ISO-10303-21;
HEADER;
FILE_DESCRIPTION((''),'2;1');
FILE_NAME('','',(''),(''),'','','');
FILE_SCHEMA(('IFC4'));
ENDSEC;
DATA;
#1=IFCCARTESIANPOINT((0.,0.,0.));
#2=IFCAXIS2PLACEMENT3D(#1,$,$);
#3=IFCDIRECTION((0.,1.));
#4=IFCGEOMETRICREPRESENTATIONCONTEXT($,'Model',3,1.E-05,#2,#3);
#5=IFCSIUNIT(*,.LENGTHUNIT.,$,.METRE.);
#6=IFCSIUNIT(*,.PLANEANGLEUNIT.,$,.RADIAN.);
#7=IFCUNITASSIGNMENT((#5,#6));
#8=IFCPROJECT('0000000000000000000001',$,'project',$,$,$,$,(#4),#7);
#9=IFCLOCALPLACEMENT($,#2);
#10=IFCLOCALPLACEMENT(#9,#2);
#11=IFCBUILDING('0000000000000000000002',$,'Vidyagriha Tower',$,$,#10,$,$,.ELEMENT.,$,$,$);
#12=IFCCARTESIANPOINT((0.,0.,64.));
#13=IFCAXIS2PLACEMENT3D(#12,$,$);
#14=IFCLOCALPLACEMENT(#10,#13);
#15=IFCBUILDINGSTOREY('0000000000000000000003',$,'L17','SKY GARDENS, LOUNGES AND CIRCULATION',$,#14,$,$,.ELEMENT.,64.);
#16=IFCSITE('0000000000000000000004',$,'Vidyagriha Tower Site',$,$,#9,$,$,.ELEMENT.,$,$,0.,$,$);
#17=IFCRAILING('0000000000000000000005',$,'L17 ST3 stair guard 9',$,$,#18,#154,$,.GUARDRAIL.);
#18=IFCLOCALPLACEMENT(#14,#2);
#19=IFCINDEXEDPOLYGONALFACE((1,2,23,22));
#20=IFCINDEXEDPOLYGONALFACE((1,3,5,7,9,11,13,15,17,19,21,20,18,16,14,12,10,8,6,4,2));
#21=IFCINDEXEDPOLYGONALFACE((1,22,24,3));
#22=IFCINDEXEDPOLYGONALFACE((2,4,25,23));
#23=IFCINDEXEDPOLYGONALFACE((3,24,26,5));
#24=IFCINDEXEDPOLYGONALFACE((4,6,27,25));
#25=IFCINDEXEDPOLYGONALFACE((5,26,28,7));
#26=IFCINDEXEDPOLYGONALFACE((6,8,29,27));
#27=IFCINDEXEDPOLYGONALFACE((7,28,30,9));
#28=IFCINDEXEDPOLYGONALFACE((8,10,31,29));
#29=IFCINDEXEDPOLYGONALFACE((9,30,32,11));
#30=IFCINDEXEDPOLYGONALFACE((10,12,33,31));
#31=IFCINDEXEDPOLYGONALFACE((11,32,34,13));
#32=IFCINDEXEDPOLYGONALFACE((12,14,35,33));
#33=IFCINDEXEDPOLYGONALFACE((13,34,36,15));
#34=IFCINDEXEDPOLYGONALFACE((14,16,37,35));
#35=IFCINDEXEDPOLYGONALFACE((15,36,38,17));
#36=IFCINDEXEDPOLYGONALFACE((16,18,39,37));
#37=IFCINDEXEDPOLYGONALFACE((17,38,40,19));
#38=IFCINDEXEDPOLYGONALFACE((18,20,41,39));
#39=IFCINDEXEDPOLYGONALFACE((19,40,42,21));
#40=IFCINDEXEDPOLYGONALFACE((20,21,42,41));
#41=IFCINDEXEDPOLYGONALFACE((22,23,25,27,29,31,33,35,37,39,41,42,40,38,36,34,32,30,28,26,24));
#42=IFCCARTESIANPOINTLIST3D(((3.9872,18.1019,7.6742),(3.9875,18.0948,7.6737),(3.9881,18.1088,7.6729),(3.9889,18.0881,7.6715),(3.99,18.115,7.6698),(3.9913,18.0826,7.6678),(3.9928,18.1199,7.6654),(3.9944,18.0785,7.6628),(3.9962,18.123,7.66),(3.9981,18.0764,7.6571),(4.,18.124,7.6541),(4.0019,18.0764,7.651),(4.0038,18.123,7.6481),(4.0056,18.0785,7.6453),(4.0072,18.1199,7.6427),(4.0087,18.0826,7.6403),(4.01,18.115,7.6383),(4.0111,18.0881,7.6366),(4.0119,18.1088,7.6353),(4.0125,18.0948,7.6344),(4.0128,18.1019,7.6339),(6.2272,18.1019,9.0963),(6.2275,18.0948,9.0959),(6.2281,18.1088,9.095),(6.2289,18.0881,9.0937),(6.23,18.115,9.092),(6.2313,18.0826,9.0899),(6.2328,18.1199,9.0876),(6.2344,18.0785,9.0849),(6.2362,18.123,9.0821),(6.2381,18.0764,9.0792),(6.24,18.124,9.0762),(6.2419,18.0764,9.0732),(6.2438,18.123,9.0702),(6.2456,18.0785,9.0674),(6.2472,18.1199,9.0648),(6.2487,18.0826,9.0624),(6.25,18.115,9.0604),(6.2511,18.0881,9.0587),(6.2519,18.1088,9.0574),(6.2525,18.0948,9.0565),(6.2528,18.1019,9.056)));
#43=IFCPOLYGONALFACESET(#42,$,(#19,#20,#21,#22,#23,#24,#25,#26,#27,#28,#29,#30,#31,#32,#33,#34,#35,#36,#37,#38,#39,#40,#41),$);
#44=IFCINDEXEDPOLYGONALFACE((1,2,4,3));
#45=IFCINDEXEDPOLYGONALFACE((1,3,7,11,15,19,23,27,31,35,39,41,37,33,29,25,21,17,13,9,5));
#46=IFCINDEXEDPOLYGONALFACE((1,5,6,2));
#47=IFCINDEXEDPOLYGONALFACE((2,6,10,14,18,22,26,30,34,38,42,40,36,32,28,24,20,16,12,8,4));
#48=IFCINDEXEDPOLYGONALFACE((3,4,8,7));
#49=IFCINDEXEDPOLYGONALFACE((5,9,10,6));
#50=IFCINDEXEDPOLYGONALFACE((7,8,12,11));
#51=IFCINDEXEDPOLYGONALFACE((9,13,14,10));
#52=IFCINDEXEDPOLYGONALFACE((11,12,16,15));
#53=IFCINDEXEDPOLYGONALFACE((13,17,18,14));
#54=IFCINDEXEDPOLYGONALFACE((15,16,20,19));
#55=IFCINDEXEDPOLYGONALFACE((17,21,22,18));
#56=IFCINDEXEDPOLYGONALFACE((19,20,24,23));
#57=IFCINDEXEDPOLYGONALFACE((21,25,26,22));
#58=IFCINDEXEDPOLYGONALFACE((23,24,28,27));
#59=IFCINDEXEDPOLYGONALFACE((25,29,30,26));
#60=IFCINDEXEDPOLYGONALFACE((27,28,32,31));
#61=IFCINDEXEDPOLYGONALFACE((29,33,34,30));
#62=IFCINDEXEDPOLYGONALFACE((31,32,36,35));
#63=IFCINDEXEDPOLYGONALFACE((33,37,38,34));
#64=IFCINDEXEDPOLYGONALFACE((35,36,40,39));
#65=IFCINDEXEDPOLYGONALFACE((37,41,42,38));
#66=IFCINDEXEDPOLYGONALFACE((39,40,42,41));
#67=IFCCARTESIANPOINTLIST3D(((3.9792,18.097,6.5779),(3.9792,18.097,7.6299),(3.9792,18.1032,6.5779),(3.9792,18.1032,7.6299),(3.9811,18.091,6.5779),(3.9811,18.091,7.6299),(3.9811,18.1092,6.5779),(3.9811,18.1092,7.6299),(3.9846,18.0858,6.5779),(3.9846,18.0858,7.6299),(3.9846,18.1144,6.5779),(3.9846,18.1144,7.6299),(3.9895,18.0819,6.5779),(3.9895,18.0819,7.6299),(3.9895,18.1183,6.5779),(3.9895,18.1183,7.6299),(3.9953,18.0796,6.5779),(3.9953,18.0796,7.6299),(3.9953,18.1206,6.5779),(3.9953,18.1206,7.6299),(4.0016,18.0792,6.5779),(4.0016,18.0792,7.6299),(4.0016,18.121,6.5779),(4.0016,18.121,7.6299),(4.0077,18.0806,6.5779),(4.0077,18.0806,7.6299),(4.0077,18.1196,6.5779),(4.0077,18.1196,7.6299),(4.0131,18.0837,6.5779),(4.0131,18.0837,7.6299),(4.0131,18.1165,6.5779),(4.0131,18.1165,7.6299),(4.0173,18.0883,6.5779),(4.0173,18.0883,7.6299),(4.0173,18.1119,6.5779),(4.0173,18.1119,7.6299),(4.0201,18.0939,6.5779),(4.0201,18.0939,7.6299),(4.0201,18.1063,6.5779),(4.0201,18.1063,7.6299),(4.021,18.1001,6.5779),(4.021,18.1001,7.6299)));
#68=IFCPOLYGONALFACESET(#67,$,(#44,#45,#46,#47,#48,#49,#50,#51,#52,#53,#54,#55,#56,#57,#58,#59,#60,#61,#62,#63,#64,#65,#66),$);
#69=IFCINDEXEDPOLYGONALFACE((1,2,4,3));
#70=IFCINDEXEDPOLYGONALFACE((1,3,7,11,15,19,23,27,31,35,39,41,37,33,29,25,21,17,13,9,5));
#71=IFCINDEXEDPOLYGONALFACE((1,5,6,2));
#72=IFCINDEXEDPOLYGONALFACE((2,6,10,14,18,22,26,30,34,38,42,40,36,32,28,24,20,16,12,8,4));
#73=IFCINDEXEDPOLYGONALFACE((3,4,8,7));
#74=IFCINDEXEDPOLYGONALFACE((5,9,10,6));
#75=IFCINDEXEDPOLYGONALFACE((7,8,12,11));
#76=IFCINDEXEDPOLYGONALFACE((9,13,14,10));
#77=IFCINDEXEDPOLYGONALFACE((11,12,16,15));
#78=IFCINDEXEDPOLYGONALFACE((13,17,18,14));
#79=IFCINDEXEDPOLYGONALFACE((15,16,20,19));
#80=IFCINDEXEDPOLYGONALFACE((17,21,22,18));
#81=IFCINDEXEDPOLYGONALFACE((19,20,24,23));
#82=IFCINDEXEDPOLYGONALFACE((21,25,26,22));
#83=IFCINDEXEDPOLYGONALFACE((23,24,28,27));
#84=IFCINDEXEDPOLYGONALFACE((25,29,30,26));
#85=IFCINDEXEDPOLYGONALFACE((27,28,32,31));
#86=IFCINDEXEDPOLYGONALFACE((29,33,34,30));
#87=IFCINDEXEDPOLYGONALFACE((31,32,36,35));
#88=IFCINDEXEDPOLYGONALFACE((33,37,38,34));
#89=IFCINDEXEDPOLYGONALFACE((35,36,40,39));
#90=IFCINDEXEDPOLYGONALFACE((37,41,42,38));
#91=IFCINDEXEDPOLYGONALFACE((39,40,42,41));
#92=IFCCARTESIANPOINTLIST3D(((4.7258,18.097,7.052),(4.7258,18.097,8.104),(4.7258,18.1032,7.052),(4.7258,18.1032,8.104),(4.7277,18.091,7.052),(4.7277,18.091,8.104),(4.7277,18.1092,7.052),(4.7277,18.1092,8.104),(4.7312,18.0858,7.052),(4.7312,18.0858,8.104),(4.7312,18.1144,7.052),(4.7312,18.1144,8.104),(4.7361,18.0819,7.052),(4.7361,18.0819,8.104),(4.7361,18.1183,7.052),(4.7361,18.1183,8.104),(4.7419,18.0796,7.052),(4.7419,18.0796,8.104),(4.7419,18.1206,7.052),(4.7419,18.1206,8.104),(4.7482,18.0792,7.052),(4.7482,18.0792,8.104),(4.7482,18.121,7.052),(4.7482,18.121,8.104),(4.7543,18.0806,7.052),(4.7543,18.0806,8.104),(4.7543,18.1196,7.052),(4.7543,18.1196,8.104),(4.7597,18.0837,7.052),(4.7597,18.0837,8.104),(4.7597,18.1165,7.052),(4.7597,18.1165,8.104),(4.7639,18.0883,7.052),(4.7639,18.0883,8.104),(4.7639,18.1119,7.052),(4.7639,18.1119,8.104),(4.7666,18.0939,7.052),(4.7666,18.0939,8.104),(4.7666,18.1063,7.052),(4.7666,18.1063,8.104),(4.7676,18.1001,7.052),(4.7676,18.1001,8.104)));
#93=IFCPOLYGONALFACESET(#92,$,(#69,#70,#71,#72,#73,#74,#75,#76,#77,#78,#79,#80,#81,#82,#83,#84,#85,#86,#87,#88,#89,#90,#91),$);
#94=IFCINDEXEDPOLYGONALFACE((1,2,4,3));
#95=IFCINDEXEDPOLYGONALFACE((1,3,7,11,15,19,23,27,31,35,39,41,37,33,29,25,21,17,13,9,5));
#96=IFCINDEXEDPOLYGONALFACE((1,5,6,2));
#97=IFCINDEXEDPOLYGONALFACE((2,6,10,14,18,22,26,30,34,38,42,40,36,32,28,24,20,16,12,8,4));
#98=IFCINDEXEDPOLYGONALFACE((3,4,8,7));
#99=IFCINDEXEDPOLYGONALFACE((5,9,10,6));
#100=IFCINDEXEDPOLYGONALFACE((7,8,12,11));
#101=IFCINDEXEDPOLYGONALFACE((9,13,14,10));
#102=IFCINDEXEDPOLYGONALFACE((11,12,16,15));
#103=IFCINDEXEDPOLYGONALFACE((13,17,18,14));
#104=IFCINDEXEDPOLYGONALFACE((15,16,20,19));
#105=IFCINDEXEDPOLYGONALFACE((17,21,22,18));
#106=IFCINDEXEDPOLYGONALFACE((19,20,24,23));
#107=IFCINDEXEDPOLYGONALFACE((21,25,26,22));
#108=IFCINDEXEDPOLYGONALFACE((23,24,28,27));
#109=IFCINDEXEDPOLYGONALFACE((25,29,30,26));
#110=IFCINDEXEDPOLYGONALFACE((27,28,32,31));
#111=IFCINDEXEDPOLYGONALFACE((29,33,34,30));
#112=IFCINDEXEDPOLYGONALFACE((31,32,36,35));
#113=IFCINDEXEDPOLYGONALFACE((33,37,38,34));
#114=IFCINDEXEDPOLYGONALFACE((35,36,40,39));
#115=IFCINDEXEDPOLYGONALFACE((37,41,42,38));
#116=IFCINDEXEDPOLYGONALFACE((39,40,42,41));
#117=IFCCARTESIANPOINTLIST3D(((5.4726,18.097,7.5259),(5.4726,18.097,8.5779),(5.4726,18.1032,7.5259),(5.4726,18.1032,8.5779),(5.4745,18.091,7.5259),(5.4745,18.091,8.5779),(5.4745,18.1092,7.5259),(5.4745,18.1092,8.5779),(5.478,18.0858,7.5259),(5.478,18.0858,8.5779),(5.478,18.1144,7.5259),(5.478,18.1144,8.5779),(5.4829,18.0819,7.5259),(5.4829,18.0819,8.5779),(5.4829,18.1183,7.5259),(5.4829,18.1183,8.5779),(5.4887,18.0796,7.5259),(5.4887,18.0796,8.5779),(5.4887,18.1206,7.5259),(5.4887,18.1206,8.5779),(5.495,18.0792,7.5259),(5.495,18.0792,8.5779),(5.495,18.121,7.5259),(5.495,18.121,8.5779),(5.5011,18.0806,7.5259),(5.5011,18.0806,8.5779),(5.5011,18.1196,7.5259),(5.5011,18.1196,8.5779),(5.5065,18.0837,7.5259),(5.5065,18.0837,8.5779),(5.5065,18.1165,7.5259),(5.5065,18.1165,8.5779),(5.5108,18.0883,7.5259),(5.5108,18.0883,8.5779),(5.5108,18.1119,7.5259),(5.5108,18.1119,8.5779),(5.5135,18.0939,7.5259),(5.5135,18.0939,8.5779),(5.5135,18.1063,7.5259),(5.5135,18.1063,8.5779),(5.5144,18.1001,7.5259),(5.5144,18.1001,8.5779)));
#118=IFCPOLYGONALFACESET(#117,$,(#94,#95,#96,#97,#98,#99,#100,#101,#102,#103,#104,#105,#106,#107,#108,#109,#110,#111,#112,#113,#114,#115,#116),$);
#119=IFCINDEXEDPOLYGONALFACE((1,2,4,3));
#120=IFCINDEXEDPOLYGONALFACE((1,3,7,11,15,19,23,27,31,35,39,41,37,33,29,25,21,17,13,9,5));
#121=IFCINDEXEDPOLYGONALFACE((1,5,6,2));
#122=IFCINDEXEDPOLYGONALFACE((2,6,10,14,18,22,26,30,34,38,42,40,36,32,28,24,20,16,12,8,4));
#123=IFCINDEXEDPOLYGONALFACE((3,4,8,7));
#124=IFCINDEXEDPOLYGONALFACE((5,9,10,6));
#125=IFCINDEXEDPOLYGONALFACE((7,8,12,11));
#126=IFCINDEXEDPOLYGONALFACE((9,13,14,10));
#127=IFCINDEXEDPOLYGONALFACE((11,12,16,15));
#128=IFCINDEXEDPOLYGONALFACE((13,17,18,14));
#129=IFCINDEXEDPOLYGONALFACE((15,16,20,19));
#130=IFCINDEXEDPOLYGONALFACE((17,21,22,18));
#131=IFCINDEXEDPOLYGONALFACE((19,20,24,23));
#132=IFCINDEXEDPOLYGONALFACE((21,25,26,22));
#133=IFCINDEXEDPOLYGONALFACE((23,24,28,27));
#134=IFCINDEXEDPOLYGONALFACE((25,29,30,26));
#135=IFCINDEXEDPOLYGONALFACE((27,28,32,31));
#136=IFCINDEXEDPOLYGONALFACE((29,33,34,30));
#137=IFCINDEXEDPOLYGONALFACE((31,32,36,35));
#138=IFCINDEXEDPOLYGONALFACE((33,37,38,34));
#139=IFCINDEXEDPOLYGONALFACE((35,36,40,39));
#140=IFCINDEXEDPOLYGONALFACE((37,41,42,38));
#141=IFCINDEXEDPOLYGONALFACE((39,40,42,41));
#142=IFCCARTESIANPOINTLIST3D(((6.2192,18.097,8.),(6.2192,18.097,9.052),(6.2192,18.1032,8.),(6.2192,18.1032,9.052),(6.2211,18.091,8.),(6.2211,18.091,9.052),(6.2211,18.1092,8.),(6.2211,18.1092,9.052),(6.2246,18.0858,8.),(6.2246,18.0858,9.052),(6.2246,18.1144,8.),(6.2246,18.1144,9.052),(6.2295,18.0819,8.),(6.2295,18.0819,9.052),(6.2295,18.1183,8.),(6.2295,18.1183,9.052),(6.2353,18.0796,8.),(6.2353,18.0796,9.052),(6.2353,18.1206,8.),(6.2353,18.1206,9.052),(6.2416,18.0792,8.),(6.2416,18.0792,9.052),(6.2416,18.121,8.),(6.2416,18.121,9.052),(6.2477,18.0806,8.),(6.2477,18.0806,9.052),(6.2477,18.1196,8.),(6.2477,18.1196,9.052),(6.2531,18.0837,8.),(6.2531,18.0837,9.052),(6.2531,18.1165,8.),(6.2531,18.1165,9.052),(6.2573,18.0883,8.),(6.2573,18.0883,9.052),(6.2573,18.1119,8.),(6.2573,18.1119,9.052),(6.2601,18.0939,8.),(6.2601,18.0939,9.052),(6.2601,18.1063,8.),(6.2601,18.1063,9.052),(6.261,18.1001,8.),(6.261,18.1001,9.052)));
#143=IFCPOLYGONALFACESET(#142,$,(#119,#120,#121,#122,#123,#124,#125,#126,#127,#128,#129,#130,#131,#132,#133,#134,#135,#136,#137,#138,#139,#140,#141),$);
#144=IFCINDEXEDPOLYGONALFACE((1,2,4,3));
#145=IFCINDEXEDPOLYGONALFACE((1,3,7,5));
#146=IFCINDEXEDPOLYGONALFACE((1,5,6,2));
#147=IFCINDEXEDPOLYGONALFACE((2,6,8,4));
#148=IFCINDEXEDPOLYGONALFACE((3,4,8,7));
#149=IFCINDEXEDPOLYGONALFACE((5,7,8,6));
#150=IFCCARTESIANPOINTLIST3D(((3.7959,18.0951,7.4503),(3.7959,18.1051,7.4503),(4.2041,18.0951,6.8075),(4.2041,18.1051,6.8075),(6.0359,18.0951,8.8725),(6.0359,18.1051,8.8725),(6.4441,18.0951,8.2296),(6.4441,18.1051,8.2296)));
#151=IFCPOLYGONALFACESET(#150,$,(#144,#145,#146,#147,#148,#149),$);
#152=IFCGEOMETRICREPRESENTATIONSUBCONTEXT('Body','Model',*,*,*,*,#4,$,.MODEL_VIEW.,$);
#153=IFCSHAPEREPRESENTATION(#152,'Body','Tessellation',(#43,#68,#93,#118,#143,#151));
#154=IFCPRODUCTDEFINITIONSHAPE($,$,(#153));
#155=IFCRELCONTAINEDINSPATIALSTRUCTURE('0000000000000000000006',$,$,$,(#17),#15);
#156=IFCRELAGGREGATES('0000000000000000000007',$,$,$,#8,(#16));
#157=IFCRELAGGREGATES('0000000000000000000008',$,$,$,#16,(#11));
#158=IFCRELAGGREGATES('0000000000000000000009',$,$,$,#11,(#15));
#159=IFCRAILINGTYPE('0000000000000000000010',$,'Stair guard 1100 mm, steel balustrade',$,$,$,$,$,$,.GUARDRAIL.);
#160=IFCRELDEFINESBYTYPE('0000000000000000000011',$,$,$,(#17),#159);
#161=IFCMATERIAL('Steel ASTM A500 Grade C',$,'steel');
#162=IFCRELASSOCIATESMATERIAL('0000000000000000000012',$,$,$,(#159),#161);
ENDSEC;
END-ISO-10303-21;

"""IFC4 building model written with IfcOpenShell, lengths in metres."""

from ifc_helpers import new_model, si_unit, direction, frame, origin, origin_2d, place, context, subcontext, project, spatial, rectangle, circle, extrude, material, type_object, element, save


model = new_model("IFC4")

# Units and contexts
model_context = context("Model", 3, precision=1e-05, world=origin(), true_north=direction((0.0, 1.0)))
body_context = subcontext(model_context, "Body", "Model", "MODEL_VIEW")
ifc_project = project(units=[si_unit("LENGTHUNIT", "METRE"), si_unit("PLANEANGLEUNIT", "RADIAN")], contexts=[model_context])

# Site, building, storey
site_placement = place(None, origin())
site = spatial("IfcSite", under=ifc_project, at=site_placement, Name="Vidyagriha Tower Site", CompositionType="ELEMENT", RefElevation=0.0)
building_placement = place(site_placement, origin())
building = spatial("IfcBuilding", under=site, at=building_placement, Name="Vidyagriha Tower", CompositionType="ELEMENT")
storey_placement = place(building_placement, frame((0.0, 0.0, 64.0)))
storey = spatial("IfcBuildingStorey", under=building, at=storey_placement, Name="L17", Description="SKY GARDENS, LOUNGES AND CIRCULATION", CompositionType="ELEMENT", Elevation=64.0)

# Railing
ifc_material_1 = material(Name="Steel ASTM A500 Grade C", Category="steel")
railing_type_1 = type_object("IfcRailingType", Name="Stair guard 1100 mm, steel balustrade", PredefinedType="GUARDRAIL", material=ifc_material_1)
railing_1_placement = place(storey_placement, frame((4.0, 18.1001, 6.5779)))
element("IfcRailing", 1, at=railing_1_placement, inside=storey, type_object=railing_type_1, Name="L17 ST3 stair guard 9", PredefinedType="GUARDRAIL", context=body_context, shape_type="SweptSolid", body=[
    extrude(circle(Radius=0.0239, at=origin_2d()), frame((0.0, 0.0, 1.0762), z_axis=(0.844229, 0.0, 0.535982), x_axis=(0.0, 1.0, 0.0)), (0.0, 0.0, 1.0), 2.6533),
    extrude(circle(Radius=0.021, at=origin_2d()), origin(), (0.0, 0.0, 1.0), 1.052),
    extrude(circle(Radius=0.021, at=origin_2d()), frame((0.7466, 0.0, 0.4741)), (0.0, 0.0, 1.0), 1.052),
    extrude(circle(Radius=0.021, at=origin_2d()), frame((1.4934, 0.0, 0.948)), (0.0, 0.0, 1.0), 1.052),
    extrude(circle(Radius=0.021, at=origin_2d()), frame((2.24, 0.0, 1.4221)), (0.0, 0.0, 1.0), 1.052),
    extrude(rectangle(XDim=0.01, YDim=0.7615, at=origin_2d()), frame((0.0, 0.0, 0.551), z_axis=(0.844229, 0.0, 0.535982), x_axis=(0.0, 1.0, 0.0)), (0.0, 0.0, 1.0), 2.6533),
])

save(model, "model.ifc")
